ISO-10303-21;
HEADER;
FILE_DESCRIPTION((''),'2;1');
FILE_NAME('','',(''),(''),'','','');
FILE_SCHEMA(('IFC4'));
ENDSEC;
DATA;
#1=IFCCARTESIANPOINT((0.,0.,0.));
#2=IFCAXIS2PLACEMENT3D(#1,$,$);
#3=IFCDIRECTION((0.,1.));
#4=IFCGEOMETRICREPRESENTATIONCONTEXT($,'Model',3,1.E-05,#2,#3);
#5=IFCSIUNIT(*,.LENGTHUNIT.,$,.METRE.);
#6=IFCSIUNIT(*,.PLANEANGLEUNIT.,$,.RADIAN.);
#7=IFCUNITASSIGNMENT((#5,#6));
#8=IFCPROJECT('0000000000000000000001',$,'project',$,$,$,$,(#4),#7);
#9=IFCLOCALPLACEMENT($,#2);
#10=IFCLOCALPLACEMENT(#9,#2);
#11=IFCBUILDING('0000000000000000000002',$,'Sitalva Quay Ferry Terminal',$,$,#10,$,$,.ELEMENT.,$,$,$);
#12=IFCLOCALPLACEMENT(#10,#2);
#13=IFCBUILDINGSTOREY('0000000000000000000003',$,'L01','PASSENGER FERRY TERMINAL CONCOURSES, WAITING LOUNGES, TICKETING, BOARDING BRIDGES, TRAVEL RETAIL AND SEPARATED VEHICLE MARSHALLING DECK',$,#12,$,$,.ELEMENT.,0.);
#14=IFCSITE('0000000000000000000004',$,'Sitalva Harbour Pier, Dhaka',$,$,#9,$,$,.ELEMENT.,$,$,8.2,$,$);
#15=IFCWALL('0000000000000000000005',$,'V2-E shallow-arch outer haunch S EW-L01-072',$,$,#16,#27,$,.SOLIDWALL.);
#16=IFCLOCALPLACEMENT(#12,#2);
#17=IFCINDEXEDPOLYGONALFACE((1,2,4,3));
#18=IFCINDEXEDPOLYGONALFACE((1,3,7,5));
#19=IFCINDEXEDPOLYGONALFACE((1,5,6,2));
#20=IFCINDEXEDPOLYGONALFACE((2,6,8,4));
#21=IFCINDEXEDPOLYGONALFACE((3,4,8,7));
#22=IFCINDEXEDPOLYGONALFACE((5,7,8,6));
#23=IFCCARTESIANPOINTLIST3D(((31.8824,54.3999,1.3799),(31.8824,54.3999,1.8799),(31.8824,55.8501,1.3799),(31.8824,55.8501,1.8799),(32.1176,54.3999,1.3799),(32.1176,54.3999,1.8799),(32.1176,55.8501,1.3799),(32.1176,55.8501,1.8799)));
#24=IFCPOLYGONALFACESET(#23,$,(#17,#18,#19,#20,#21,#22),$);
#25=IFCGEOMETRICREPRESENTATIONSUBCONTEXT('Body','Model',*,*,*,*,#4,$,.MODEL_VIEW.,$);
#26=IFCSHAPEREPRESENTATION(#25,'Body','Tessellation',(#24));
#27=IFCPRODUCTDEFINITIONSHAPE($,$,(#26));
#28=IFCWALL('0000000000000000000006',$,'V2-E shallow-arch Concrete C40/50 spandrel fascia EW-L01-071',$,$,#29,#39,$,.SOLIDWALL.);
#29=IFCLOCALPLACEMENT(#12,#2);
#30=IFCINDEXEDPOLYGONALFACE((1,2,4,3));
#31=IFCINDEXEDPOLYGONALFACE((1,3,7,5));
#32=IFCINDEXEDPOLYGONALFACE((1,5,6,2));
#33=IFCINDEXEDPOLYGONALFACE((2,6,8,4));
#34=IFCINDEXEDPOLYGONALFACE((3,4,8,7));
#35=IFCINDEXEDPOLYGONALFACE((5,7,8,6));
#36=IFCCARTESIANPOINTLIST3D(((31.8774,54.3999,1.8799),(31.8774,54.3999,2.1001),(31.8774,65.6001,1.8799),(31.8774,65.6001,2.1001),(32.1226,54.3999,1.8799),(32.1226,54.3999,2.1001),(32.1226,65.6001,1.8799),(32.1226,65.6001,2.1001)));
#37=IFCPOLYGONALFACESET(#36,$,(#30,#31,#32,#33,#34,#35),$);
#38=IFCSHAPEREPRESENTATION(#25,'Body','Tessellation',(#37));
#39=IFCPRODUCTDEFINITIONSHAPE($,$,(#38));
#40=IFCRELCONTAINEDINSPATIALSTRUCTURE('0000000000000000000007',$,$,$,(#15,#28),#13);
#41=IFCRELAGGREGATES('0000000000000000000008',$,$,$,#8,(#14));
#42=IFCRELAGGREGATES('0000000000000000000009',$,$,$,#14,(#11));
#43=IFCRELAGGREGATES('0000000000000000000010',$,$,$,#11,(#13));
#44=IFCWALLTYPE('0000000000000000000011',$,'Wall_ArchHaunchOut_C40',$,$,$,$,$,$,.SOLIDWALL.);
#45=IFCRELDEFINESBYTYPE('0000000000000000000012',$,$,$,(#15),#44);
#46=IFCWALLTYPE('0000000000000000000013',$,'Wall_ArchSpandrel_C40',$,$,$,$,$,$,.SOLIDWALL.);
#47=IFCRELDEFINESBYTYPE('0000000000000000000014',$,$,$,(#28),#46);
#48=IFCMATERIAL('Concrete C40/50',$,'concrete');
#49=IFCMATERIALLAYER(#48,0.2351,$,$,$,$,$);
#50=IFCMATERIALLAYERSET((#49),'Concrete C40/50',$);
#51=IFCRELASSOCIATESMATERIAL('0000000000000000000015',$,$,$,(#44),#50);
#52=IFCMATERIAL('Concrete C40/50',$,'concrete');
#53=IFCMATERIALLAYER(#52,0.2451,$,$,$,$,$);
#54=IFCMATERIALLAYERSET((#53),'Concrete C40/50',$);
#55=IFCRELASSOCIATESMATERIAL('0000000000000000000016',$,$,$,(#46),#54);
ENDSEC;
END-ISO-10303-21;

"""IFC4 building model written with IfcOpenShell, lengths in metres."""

from ifc_helpers import new_model, si_unit, direction, frame, frame_2d, origin, place, context, subcontext, project, spatial, rectangle, extrude, material, layer, layer_set, type_object, element, save


model = new_model("IFC4")

# Units and contexts
model_context = context("Model", 3, precision=1e-05, world=origin(), true_north=direction((0.0, 1.0)))
body_context = subcontext(model_context, "Body", "Model", "MODEL_VIEW")
ifc_project = project(units=[si_unit("LENGTHUNIT", "METRE"), si_unit("PLANEANGLEUNIT", "RADIAN")], contexts=[model_context])

# Site, building, storey
site_placement = place(None, origin())
site = spatial("IfcSite", under=ifc_project, at=site_placement, Name="Sitalva Harbour Pier, Dhaka", CompositionType="ELEMENT", RefElevation=8.2)
building_placement = place(site_placement, origin())
building = spatial("IfcBuilding", under=site, at=building_placement, Name="Sitalva Quay Ferry Terminal", CompositionType="ELEMENT")
storey_placement = place(building_placement, origin())
storey = spatial("IfcBuildingStorey", under=building, at=storey_placement, Name="L01", Description="PASSENGER FERRY TERMINAL CONCOURSES, WAITING LOUNGES, TICKETING, BOARDING BRIDGES, TRAVEL RETAIL AND SEPARATED VEHICLE MARSHALLING DECK", CompositionType="ELEMENT", Elevation=0.0)

# Walls
ifc_material_1 = material(Name="Concrete C40/50", Category="concrete")
ifc_layer_1 = layer(ifc_material_1, 0.2351)
ifc_layer_set_1 = layer_set([ifc_layer_1], Name="Concrete C40/50")
wall_type_1 = type_object("IfcWallType", Name="Wall_ArchHaunchOut_C40", PredefinedType="SOLIDWALL", material=ifc_layer_set_1)
for number, where, z_axis, x_axis, name in (
    (1, (32.0, 54.3999, 1.3799), (0.0, 0.0, 1.0), (0.0, 1.0, 0.0), "V2-E shallow-arch outer haunch S EW-L01-072"),
):
    element("IfcWall", number, at=place(storey_placement, frame(where, z_axis=z_axis, x_axis=x_axis)), inside=storey, type_object=wall_type_1, Name=name, PredefinedType="SOLIDWALL", context=body_context, shape_type="SweptSolid", body=[
        extrude(rectangle(XDim=1.4502, YDim=0.2351, at=frame_2d((0.7251, 0.0))), origin(), (0.0, 0.0, 1.0), 0.5),
    ])
ifc_material_2 = material(Name="Concrete C40/50", Category="concrete")
ifc_layer_2 = layer(ifc_material_2, 0.2451)
ifc_layer_set_2 = layer_set([ifc_layer_2], Name="Concrete C40/50")
wall_type_2 = type_object("IfcWallType", Name="Wall_ArchSpandrel_C40", PredefinedType="SOLIDWALL", material=ifc_layer_set_2)
wall_1_placement = place(storey_placement, frame((32.0, 54.3999, 1.8799), z_axis=(0.0, 0.0, 1.0), x_axis=(0.0, 1.0, 0.0)))
element("IfcWall", 2, at=wall_1_placement, inside=storey, type_object=wall_type_2, Name="V2-E shallow-arch Concrete C40/50 spandrel fascia EW-L01-071", PredefinedType="SOLIDWALL", context=body_context, shape_type="SweptSolid", body=[
    extrude(rectangle(XDim=11.2002, YDim=0.2451, at=frame_2d((5.6001, 0.0))), origin(), (0.0, 0.0, 1.0), 0.2202),
])

save(model, "model.ifc")
